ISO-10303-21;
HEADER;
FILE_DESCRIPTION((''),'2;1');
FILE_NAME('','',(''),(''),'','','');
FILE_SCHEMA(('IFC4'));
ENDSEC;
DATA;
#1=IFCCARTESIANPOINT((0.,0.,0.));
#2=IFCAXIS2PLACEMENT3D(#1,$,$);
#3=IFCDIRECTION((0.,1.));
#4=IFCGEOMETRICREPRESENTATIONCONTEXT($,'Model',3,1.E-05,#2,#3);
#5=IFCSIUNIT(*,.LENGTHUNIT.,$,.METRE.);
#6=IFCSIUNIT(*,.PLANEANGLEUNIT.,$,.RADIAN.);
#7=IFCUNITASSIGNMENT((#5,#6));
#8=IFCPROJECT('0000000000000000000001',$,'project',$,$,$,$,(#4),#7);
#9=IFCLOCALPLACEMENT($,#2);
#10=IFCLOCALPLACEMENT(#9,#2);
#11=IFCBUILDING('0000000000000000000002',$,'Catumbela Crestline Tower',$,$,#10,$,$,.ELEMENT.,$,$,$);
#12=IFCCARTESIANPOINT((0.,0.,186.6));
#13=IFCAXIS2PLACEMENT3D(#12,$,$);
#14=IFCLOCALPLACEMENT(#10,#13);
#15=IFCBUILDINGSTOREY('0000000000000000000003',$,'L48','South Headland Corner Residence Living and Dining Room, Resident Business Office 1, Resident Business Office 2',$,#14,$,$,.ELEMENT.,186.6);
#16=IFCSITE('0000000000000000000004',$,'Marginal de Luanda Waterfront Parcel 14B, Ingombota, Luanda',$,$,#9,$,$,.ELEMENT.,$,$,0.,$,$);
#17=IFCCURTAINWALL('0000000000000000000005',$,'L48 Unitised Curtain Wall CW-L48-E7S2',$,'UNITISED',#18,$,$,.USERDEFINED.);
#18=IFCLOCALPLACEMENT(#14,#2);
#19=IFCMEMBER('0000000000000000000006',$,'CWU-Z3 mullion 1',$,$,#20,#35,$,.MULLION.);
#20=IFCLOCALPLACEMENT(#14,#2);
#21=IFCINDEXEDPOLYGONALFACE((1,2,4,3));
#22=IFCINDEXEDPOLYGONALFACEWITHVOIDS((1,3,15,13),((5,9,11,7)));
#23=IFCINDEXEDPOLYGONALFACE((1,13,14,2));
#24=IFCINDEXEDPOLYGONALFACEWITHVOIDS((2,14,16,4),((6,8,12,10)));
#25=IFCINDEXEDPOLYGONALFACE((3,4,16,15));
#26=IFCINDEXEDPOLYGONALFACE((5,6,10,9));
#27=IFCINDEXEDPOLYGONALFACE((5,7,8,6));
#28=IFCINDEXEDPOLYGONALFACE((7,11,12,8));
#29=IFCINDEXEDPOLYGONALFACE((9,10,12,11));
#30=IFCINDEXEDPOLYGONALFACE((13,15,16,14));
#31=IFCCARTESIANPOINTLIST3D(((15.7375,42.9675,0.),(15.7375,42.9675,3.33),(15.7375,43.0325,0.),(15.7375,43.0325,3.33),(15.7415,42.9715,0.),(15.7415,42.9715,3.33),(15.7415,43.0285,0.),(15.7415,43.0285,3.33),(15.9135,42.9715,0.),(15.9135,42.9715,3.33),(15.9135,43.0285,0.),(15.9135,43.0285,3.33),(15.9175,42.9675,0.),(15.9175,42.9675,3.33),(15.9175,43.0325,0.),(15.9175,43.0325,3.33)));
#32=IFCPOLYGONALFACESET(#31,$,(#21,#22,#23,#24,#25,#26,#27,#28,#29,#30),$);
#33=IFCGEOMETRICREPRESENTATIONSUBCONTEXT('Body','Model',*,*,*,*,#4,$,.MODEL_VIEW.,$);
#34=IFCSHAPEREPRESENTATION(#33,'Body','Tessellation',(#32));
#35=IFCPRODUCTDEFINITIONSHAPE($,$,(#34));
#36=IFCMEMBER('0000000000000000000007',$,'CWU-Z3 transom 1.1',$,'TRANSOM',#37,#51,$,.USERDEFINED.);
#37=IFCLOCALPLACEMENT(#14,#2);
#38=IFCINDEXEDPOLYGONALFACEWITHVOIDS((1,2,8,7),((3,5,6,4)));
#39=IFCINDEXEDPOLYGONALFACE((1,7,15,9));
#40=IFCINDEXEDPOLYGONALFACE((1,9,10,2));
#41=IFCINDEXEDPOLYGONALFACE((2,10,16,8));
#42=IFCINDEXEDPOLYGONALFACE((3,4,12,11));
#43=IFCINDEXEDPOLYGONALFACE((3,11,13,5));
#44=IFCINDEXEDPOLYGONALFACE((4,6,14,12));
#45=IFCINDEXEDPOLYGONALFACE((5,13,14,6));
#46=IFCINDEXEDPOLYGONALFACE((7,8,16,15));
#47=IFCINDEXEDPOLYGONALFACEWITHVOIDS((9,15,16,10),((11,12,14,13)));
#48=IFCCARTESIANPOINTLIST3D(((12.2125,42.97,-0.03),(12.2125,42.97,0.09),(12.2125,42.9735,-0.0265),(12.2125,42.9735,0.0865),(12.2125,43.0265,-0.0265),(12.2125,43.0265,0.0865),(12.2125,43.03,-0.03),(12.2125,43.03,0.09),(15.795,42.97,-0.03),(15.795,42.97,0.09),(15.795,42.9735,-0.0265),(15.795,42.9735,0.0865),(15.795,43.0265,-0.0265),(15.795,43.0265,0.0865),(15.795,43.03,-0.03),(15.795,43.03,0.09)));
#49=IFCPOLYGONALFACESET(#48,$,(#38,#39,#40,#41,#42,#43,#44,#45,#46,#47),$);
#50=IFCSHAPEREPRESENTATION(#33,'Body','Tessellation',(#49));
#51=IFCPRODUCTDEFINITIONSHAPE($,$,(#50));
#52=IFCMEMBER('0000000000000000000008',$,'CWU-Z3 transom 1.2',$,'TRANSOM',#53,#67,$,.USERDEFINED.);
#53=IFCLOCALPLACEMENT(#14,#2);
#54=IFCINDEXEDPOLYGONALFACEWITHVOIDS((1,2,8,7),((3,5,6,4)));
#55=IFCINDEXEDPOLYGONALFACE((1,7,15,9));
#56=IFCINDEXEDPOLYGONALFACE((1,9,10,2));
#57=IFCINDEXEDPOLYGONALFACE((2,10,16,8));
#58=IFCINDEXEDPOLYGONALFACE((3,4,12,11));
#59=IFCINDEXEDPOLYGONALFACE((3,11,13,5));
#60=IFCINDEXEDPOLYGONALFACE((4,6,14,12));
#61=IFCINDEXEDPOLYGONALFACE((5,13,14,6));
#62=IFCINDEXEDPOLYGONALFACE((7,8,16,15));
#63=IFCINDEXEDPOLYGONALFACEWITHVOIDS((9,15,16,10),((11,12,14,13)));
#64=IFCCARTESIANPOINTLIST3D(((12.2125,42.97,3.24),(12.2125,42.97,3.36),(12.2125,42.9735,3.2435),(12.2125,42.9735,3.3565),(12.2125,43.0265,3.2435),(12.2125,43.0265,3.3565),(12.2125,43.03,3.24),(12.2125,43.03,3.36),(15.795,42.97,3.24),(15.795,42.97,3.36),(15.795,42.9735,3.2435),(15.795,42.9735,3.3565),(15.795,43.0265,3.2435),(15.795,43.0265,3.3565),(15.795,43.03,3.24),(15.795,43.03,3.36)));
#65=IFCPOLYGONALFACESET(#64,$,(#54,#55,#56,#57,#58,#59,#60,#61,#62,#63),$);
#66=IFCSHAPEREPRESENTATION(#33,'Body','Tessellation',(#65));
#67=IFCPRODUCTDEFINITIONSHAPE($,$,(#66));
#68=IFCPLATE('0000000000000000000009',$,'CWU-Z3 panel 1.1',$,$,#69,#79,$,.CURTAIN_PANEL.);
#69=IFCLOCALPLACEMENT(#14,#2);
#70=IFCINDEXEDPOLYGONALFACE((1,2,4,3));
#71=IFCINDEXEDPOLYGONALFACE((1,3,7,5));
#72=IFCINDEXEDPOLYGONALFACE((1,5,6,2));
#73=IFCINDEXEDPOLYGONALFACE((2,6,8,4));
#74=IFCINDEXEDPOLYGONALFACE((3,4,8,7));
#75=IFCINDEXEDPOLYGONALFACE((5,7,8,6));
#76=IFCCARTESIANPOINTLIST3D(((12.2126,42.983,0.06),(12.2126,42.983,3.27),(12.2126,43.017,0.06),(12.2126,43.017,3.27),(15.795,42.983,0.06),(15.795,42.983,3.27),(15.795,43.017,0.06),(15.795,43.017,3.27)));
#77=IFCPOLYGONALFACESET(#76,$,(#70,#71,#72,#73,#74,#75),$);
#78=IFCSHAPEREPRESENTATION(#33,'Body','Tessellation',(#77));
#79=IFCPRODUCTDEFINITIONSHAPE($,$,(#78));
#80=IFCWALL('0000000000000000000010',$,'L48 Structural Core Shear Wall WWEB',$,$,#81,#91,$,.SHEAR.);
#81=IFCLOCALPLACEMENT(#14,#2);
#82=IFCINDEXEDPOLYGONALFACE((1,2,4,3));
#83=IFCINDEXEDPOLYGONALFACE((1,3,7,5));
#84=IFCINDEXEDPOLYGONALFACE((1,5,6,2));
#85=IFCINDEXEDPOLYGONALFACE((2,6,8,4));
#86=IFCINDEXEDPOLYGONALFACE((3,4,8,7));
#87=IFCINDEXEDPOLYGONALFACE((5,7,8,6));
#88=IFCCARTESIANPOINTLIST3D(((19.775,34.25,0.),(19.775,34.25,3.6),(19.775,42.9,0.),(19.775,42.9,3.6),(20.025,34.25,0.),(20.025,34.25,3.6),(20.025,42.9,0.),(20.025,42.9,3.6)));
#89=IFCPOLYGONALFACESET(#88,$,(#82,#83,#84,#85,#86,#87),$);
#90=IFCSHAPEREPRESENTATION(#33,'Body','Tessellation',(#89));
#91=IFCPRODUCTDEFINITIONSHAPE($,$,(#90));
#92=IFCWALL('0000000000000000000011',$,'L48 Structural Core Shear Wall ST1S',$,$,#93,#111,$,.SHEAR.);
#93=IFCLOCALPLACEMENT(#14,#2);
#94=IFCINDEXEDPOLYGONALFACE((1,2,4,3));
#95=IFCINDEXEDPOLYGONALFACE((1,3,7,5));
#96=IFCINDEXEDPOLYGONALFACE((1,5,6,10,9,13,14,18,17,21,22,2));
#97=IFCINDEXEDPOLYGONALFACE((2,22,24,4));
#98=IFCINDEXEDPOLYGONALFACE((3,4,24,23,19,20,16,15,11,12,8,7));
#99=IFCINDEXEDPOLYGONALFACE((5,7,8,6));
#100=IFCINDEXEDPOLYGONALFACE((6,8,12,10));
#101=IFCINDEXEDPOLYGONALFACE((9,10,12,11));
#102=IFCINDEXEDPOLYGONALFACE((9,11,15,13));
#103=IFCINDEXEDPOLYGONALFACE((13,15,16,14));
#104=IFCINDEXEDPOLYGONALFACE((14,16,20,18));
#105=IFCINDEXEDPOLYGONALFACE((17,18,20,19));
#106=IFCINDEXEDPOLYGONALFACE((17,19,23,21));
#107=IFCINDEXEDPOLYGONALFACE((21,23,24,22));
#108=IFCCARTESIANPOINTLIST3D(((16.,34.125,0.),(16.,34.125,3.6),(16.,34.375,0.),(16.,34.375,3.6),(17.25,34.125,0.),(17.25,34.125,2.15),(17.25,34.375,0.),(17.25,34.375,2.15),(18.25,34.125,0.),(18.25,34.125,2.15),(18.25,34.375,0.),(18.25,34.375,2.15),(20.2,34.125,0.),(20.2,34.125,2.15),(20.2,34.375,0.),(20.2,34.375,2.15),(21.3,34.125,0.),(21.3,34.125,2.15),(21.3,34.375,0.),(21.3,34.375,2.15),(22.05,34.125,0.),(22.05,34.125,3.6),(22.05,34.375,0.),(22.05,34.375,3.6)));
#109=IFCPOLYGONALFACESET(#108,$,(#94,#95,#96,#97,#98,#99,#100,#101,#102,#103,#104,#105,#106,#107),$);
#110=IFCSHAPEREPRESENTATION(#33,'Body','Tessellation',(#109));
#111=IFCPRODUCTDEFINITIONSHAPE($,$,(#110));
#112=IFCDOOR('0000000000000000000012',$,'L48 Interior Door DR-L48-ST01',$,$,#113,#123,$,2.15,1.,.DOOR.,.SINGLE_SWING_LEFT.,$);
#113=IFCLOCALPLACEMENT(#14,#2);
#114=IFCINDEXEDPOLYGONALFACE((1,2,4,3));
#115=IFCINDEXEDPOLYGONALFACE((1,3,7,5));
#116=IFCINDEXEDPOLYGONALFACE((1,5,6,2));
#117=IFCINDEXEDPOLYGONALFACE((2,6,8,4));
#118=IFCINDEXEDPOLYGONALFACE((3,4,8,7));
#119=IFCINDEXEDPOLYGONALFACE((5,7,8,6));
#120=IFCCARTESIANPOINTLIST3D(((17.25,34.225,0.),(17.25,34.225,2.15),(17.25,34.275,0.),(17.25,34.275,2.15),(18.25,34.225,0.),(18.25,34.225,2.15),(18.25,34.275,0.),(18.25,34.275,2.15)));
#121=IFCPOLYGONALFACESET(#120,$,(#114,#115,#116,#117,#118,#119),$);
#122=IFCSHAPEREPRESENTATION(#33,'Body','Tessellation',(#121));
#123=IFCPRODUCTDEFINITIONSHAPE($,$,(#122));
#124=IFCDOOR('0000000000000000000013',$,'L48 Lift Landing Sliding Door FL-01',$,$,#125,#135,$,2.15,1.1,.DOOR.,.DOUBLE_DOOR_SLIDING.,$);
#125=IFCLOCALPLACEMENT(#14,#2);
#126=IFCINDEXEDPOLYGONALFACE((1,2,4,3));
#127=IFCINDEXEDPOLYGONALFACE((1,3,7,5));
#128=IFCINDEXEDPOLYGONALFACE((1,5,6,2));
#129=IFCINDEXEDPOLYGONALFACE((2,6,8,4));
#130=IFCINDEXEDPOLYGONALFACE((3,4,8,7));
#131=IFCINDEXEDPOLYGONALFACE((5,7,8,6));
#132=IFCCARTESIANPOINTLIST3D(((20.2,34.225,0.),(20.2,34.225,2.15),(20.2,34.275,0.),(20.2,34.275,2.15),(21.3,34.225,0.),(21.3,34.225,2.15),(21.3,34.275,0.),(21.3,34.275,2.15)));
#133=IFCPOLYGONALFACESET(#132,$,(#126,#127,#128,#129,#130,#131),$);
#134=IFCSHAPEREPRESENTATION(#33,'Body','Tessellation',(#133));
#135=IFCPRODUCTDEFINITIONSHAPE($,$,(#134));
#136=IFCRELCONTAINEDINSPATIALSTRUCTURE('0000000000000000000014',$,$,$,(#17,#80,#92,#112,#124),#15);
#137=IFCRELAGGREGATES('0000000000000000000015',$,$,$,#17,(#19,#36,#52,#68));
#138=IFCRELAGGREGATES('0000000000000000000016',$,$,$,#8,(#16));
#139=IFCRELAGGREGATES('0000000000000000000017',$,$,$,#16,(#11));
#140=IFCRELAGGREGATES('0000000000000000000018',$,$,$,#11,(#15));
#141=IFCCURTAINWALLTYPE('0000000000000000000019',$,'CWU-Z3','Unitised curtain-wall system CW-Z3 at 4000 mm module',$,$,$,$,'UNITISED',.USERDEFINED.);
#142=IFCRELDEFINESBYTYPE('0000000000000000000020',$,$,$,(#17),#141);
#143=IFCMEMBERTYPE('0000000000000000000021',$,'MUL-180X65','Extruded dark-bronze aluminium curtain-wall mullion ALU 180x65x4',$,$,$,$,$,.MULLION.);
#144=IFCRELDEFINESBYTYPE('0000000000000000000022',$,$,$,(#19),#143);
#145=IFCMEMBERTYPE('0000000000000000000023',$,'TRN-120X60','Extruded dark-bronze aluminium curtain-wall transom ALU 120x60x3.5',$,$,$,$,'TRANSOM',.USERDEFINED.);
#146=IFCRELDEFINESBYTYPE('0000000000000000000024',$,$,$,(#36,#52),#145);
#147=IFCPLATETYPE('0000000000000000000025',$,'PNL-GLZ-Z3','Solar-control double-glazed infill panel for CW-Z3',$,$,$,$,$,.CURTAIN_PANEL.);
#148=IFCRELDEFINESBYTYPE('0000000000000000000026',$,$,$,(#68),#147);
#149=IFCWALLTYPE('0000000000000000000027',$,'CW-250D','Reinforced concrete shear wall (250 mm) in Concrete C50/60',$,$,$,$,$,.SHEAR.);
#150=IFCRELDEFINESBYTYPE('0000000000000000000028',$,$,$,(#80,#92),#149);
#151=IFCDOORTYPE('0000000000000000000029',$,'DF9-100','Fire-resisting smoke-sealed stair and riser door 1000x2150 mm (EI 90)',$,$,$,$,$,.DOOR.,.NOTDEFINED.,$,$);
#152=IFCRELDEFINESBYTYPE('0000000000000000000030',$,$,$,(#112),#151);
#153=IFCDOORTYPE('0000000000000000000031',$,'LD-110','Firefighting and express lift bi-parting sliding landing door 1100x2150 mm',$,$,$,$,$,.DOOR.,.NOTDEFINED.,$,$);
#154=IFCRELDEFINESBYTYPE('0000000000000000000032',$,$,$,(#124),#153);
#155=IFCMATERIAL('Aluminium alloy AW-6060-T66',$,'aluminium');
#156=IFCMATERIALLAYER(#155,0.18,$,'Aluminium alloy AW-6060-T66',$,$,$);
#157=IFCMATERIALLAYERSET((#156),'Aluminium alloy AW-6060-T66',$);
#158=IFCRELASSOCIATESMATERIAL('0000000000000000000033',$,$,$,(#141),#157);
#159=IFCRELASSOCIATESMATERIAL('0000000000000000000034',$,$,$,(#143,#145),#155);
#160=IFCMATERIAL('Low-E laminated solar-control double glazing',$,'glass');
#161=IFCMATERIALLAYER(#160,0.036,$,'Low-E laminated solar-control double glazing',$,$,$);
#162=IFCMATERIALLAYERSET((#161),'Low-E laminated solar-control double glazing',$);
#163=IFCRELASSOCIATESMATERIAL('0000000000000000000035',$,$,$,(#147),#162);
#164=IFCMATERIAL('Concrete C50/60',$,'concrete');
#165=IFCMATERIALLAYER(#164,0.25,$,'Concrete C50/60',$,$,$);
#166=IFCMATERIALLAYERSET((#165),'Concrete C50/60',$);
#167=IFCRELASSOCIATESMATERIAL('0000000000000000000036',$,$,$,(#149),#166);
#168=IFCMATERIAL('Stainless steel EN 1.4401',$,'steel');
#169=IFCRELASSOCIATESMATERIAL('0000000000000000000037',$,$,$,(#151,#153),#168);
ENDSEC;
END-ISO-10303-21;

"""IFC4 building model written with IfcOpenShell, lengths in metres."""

from ifc_helpers import new_model, si_unit, direction, frame, frame_2d, origin, origin_2d, place, context, subcontext, project, spatial, rectangle, hollow_rectangle, extrude, material, layer, layer_set, material_profile, profile_set, type_object, element, fill, aggregate, save


model = new_model("IFC4")

# Units and contexts
model_context = context("Model", 3, precision=1e-05, world=origin(), true_north=direction((0.0, 1.0)))
body_context = subcontext(model_context, "Body", "Model", "MODEL_VIEW")
ifc_project = project(units=[si_unit("LENGTHUNIT", "METRE"), si_unit("PLANEANGLEUNIT", "RADIAN")], contexts=[model_context])

# Site, building, storey
site_placement = place(None, origin())
site = spatial("IfcSite", under=ifc_project, at=site_placement, Name="Marginal de Luanda Waterfront Parcel 14B, Ingombota, Luanda", CompositionType="ELEMENT", RefElevation=0.0)
building_placement = place(site_placement, origin())
building = spatial("IfcBuilding", under=site, at=building_placement, Name="Catumbela Crestline Tower", CompositionType="ELEMENT")
storey_placement = place(building_placement, frame((0.0, 0.0, 186.6)))
storey = spatial("IfcBuildingStorey", under=building, at=storey_placement, Name="L48", Description="South Headland Corner Residence Living and Dining Room, Resident Business Office 1, Resident Business Office 2", CompositionType="ELEMENT", Elevation=186.6)

# Curtain wall, members, plate
ifc_material_1 = material(Name="Aluminium alloy AW-6060-T66", Category="aluminium")
ifc_layer_1 = layer(ifc_material_1, 0.18, Name="Aluminium alloy AW-6060-T66")
ifc_layer_set_1 = layer_set([ifc_layer_1], Name="Aluminium alloy AW-6060-T66")
curtain_wall_type = type_object("IfcCurtainWallType", Name="CWU-Z3", Description="Unitised curtain-wall system CW-Z3 at 4000 mm module", ElementType="UNITISED", PredefinedType="USERDEFINED", material=ifc_layer_set_1)
curtain_wall_placement = place(storey_placement, origin())
curtain_wall = element("IfcCurtainWall", 1, at=curtain_wall_placement, inside=storey, type_object=curtain_wall_type, Name="L48 Unitised Curtain Wall CW-L48-E7S2", ObjectType="UNITISED", PredefinedType="USERDEFINED")
ifc_material_profile_1 = material_profile(ifc_material_1, hollow_rectangle(XDim=0.065, YDim=0.18, WallThickness=0.004, at=origin_2d()), Name="ALU 180x65x4")
ifc_profile_set_1 = profile_set([ifc_material_profile_1], Name="Aluminium alloy AW-6060-T66")
member_type_1 = type_object("IfcMemberType", Name="MUL-180X65", Description="Extruded dark-bronze aluminium curtain-wall mullion ALU 180x65x4", PredefinedType="MULLION", material=ifc_profile_set_1)
member_1_placement = place(storey_placement, frame((15.8275, 43.0, 0.0), z_axis=(0.0, 0.0, 1.0), x_axis=(0.0, -1.0, 0.0)))
member_1 = element("IfcMember", 2, at=member_1_placement, type_object=member_type_1, Name="CWU-Z3 mullion 1", PredefinedType="MULLION", context=body_context, shape_type="SweptSolid", body=[
    extrude(hollow_rectangle(XDim=0.065, YDim=0.18, WallThickness=0.004, at=origin_2d()), origin(), (0.0, 0.0, 1.0), 3.33),
])
ifc_material_profile_2 = material_profile(ifc_material_1, hollow_rectangle(XDim=0.06, YDim=0.12, WallThickness=0.0035, at=origin_2d()), Name="ALU 120x60x3.5")
ifc_profile_set_2 = profile_set([ifc_material_profile_2], Name="Aluminium alloy AW-6060-T66")
member_type_2 = type_object("IfcMemberType", Name="TRN-120X60", Description="Extruded dark-bronze aluminium curtain-wall transom ALU 120x60x3.5", ElementType="TRANSOM", PredefinedType="USERDEFINED", material=ifc_profile_set_2)
member_2_placement = place(storey_placement, frame((15.795, 43.0, 0.03), z_axis=(-1.0, 0.0, 0.0), x_axis=(0.0, -1.0, 0.0)))
member_2 = element("IfcMember", 3, at=member_2_placement, type_object=member_type_2, Name="CWU-Z3 transom 1.1", ObjectType="TRANSOM", PredefinedType="USERDEFINED", context=body_context, shape_type="SweptSolid", body=[
    extrude(hollow_rectangle(XDim=0.06, YDim=0.12, WallThickness=0.0035, at=origin_2d()), origin(), (0.0, 0.0, 1.0), 3.5825),
])
member_3_placement = place(storey_placement, frame((15.795, 43.0, 3.3), z_axis=(-1.0, 0.0, 0.0), x_axis=(0.0, -1.0, 0.0)))
member_3 = element("IfcMember", 4, at=member_3_placement, type_object=member_type_2, Name="CWU-Z3 transom 1.2", ObjectType="TRANSOM", PredefinedType="USERDEFINED", context=body_context, shape_type="SweptSolid", body=[
    extrude(hollow_rectangle(XDim=0.06, YDim=0.12, WallThickness=0.0035, at=origin_2d()), origin(), (0.0, 0.0, 1.0), 3.5825),
])
ifc_material_2 = material(Name="Low-E laminated solar-control double glazing", Category="glass")
ifc_layer_2 = layer(ifc_material_2, 0.036, Name="Low-E laminated solar-control double glazing")
ifc_layer_set_2 = layer_set([ifc_layer_2], Name="Low-E laminated solar-control double glazing")
plate_type = type_object("IfcPlateType", Name="PNL-GLZ-Z3", Description="Solar-control double-glazed infill panel for CW-Z3", PredefinedType="CURTAIN_PANEL", material=ifc_layer_set_2)
plate_placement = place(storey_placement, frame((14.0038, 43.0, 0.06), z_axis=(0.0, 0.0, 1.0), x_axis=(-1.0, 0.0, 0.0)))
plate = element("IfcPlate", 5, at=plate_placement, type_object=plate_type, Name="CWU-Z3 panel 1.1", PredefinedType="CURTAIN_PANEL", context=body_context, shape_type="SweptSolid", body=[
    extrude(rectangle(XDim=3.5825, YDim=0.034, at=origin_2d()), origin(), (0.0, 0.0, 1.0), 3.21),
])
aggregate(curtain_wall, [member_1, member_2, member_3, plate])

# Wall
ifc_material_3 = material(Name="Concrete C50/60", Category="concrete")
ifc_layer_3 = layer(ifc_material_3, 0.25, Name="Concrete C50/60")
ifc_layer_set_3 = layer_set([ifc_layer_3], Name="Concrete C50/60")
wall_type_1 = type_object("IfcWallType", Name="CW-250D", Description="Reinforced concrete shear wall (250 mm) in Concrete C50/60", PredefinedType="SHEAR", material=ifc_layer_set_3)
wall_1_placement = place(storey_placement, frame((19.9, 34.25, 0.0), z_axis=(0.0, 0.0, 1.0), x_axis=(0.0, 1.0, 0.0)))
element("IfcWall", 6, at=wall_1_placement, inside=storey, type_object=wall_type_1, Name="L48 Structural Core Shear Wall WWEB", PredefinedType="SHEAR", context=body_context, shape_type="SweptSolid", body=[
    extrude(rectangle(XDim=8.65, YDim=0.25, at=frame_2d((4.325, 0.0))), origin(), (0.0, 0.0, 1.0), 3.6),
])

# Wall, openings, doors
wall_2_placement = place(storey_placement, frame((16.0, 34.25, 0.0), z_axis=(0.0, 0.0, 1.0), x_axis=(1.0, 0.0, 0.0)))
wall_2 = element("IfcWall", 7, at=wall_2_placement, inside=storey, type_object=wall_type_1, Name="L48 Structural Core Shear Wall ST1S", PredefinedType="SHEAR", context=body_context, shape_type="SweptSolid", body=[
    extrude(rectangle(XDim=6.05, YDim=0.25, at=frame_2d((3.025, 0.0))), origin(), (0.0, 0.0, 1.0), 3.6),
])
opening_1_placement = place(wall_2_placement, frame((1.25, 0.0, 0.0)))
opening_1 = element("IfcOpeningElement", 8, at=opening_1_placement, cuts=wall_2, PredefinedType="OPENING", context=body_context, shape_type="SweptSolid", body=[
    extrude(rectangle(XDim=1.0, YDim=2.15, at=frame_2d((0.5, 1.075))), frame((0.0, 0.135, 0.0), z_axis=(0.0, -1.0, 0.0), x_axis=(1.0, 0.0, 0.0)), (0.0, 0.0, 1.0), 0.27),
])
opening_2_placement = place(wall_2_placement, frame((4.2, 0.0, 0.0)))
opening_2 = element("IfcOpeningElement", 9, at=opening_2_placement, cuts=wall_2, PredefinedType="OPENING", context=body_context, shape_type="SweptSolid", body=[
    extrude(rectangle(XDim=1.1, YDim=2.15, at=frame_2d((0.55, 1.075))), frame((0.0, 0.135, 0.0), z_axis=(0.0, -1.0, 0.0), x_axis=(1.0, 0.0, 0.0)), (0.0, 0.0, 1.0), 0.27),
])
ifc_material_4 = material(Name="Stainless steel EN 1.4401", Category="steel")
door_type_1 = type_object("IfcDoorType", Name="DF9-100", Description="Fire-resisting smoke-sealed stair and riser door 1000x2150 mm (EI 90)", OperationType="NOTDEFINED", PredefinedType="DOOR", material=ifc_material_4)
door_1_placement = place(opening_1_placement, origin())
door_1 = element("IfcDoor", 10, at=door_1_placement, inside=storey, type_object=door_type_1, Name="L48 Interior Door DR-L48-ST01", OperationType="SINGLE_SWING_LEFT", OverallHeight=2.15, OverallWidth=1.0, PredefinedType="DOOR", context=body_context, shape_type="SweptSolid", body=[
    extrude(rectangle(XDim=1.0, YDim=2.15, at=frame_2d((0.5, 1.075))), frame((0.0, 0.025, 0.0), z_axis=(0.0, -1.0, 0.0), x_axis=(1.0, 0.0, 0.0)), (0.0, 0.0, 1.0), 0.05),
])
fill(opening_1, door_1)
door_type_2 = type_object("IfcDoorType", Name="LD-110", Description="Firefighting and express lift bi-parting sliding landing door 1100x2150 mm", OperationType="NOTDEFINED", PredefinedType="DOOR", material=ifc_material_4)
door_2_placement = place(opening_2_placement, origin())
door_2 = element("IfcDoor", 11, at=door_2_placement, inside=storey, type_object=door_type_2, Name="L48 Lift Landing Sliding Door FL-01", OperationType="DOUBLE_DOOR_SLIDING", OverallHeight=2.15, OverallWidth=1.1, PredefinedType="DOOR", context=body_context, shape_type="SweptSolid", body=[
    extrude(rectangle(XDim=1.1, YDim=2.15, at=frame_2d((0.55, 1.075))), frame((0.0, 0.025, 0.0), z_axis=(0.0, -1.0, 0.0), x_axis=(1.0, 0.0, 0.0)), (0.0, 0.0, 1.0), 0.05),
])
fill(opening_2, door_2)

save(model, "model.ifc")
